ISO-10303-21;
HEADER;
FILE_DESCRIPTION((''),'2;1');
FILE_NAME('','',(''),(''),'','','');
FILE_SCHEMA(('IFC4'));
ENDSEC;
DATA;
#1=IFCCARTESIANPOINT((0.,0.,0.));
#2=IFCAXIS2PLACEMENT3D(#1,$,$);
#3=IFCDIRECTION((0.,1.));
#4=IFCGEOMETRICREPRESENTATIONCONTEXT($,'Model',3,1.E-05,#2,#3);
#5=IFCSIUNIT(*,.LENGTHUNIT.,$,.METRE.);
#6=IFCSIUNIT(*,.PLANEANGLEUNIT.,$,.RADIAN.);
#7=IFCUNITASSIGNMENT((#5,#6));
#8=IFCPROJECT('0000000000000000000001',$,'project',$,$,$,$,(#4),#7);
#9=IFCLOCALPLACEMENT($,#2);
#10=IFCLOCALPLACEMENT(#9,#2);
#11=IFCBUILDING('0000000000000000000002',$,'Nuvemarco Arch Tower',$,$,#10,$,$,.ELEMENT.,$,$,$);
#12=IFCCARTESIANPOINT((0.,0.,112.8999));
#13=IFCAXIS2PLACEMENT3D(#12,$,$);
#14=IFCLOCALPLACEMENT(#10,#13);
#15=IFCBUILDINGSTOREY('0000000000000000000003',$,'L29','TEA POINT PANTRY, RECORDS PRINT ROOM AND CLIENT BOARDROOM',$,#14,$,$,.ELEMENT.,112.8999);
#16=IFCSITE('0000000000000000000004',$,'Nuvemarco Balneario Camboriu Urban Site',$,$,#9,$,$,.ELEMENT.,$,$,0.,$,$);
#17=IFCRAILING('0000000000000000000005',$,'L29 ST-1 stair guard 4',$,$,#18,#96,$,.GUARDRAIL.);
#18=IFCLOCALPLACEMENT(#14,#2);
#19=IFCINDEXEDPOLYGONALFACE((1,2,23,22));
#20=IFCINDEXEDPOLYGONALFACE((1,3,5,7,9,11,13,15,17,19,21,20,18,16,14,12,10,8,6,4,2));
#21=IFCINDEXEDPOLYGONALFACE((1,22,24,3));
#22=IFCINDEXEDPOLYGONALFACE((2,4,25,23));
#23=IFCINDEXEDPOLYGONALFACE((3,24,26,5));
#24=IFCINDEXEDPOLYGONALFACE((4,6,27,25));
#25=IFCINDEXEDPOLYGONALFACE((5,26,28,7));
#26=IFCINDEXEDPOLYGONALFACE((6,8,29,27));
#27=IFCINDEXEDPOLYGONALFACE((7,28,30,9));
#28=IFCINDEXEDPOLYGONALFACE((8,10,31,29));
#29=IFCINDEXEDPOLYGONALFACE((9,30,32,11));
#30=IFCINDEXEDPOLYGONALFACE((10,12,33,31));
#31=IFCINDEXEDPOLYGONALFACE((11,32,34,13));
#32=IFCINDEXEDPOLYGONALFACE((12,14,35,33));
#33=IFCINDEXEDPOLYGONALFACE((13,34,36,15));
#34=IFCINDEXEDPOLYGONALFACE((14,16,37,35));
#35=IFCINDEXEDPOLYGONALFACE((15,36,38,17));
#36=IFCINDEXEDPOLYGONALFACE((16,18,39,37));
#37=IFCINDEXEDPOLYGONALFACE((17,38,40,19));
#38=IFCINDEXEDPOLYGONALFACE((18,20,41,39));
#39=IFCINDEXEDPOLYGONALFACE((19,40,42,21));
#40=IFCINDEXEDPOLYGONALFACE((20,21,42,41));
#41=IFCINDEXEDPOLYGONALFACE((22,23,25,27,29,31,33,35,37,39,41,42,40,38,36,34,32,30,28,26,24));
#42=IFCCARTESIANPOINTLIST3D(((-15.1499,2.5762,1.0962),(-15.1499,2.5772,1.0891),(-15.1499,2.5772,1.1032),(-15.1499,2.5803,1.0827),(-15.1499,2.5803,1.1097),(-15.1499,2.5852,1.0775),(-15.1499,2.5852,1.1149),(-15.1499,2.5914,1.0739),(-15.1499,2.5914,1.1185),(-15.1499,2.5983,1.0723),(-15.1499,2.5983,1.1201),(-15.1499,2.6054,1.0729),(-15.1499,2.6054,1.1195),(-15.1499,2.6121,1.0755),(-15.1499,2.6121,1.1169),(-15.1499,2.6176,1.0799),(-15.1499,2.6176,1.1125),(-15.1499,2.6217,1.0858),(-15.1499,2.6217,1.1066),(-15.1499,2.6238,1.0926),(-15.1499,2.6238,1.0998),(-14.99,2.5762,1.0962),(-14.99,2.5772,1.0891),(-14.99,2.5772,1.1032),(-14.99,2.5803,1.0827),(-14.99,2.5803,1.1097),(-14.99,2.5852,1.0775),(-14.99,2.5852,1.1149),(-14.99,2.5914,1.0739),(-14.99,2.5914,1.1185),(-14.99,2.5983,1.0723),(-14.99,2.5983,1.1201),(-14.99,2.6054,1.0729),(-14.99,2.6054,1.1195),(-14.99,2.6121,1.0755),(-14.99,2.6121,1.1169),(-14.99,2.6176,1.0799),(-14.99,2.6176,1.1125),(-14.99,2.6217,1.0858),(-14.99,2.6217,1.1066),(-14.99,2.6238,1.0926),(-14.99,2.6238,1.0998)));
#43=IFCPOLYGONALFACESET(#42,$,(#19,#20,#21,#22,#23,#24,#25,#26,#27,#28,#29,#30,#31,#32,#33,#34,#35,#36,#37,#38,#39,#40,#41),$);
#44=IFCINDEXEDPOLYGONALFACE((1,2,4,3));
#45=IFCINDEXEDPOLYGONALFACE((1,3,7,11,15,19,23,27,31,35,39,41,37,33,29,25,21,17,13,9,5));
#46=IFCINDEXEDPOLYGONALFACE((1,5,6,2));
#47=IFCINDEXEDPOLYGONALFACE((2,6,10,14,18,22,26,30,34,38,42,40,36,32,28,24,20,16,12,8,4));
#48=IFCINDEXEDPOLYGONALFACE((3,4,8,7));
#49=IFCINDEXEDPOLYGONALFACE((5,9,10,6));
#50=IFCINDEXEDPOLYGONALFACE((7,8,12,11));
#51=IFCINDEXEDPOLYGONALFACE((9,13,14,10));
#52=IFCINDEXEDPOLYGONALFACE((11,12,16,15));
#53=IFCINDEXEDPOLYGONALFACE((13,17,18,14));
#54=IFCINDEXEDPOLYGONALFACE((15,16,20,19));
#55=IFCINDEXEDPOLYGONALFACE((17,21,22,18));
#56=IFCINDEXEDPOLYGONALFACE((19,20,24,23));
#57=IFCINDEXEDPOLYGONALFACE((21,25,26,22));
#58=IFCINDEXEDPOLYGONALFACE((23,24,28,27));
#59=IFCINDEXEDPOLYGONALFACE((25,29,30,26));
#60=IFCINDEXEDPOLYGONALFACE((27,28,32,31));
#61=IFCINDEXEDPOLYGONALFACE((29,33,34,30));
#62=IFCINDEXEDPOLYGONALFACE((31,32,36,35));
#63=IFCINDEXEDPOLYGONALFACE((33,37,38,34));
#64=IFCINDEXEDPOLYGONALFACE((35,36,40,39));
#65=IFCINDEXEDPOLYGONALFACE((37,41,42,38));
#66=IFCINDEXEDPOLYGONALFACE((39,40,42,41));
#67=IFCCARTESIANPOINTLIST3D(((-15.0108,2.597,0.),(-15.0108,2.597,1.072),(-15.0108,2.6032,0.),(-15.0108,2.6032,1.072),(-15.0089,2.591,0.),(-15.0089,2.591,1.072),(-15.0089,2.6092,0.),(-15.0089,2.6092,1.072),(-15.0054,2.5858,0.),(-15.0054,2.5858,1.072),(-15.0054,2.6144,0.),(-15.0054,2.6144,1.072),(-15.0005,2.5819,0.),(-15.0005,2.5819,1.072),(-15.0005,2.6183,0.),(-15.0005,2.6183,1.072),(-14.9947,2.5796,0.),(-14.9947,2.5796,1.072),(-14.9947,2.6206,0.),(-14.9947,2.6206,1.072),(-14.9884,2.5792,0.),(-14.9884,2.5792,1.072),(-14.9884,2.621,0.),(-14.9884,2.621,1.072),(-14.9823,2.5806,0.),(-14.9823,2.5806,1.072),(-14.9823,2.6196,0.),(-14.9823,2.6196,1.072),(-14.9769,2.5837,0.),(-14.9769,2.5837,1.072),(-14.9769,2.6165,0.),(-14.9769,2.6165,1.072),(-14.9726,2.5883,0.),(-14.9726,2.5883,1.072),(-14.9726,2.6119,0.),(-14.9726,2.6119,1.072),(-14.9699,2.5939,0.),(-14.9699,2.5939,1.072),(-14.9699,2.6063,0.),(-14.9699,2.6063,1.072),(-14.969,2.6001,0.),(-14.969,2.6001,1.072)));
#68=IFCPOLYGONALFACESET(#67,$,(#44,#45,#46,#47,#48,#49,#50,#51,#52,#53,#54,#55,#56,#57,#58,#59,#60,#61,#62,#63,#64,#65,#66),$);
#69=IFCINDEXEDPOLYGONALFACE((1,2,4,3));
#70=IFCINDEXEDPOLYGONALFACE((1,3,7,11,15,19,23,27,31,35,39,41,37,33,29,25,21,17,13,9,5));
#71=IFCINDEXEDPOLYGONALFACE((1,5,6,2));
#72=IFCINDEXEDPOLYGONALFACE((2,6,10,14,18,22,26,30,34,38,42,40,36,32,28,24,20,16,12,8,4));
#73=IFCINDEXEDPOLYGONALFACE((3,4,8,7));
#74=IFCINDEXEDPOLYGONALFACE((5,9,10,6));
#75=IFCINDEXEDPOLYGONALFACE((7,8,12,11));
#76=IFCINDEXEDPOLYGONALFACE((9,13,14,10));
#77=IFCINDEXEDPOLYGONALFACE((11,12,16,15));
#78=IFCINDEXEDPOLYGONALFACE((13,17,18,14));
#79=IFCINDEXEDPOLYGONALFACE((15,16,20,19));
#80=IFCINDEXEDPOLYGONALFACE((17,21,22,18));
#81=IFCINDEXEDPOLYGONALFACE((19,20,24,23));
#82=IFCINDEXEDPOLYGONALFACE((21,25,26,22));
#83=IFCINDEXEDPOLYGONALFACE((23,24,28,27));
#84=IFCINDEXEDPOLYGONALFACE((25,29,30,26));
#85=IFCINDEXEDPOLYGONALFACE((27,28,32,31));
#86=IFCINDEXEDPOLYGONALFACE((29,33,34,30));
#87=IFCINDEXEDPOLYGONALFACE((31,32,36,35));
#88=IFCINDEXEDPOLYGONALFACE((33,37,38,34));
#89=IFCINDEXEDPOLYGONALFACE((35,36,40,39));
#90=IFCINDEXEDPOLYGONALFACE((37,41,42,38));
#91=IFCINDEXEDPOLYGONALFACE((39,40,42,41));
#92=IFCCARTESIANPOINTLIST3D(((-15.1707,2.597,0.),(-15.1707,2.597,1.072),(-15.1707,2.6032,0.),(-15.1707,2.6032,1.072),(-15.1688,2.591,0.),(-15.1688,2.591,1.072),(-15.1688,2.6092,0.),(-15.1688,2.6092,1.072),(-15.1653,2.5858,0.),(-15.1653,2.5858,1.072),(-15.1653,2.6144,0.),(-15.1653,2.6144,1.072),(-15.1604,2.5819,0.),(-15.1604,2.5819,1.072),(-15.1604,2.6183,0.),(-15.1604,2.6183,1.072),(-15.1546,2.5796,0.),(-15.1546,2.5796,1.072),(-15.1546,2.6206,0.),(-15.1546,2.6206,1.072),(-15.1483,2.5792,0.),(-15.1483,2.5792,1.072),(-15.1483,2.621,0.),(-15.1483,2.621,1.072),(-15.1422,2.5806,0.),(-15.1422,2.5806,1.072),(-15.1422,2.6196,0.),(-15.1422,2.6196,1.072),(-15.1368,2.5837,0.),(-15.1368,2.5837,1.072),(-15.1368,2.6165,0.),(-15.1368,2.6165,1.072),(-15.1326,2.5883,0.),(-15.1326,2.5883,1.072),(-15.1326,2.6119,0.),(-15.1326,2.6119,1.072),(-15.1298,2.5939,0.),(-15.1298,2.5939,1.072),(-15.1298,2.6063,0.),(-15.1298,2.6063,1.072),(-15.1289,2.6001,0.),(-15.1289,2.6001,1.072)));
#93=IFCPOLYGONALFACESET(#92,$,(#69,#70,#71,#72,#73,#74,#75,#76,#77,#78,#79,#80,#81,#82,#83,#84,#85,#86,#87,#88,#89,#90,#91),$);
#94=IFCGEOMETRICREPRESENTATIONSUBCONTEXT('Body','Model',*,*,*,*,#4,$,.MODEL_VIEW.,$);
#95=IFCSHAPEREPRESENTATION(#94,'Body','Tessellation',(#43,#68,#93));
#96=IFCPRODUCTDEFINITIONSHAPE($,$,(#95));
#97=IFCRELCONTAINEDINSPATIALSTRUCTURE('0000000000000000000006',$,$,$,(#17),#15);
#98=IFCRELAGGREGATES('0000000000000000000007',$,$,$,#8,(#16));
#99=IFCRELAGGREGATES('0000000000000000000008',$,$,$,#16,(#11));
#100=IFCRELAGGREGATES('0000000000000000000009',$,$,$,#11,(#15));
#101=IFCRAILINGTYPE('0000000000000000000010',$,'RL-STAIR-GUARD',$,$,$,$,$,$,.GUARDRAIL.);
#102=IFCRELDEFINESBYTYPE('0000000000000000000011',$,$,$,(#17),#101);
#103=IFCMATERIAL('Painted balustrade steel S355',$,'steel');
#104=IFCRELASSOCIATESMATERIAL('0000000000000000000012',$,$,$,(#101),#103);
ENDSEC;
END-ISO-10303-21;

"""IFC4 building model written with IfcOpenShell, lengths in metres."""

from ifc_helpers import new_model, si_unit, direction, frame, origin, origin_2d, place, context, subcontext, project, spatial, circle, extrude, material, type_object, element, save


model = new_model("IFC4")

# Units and contexts
model_context = context("Model", 3, precision=1e-05, world=origin(), true_north=direction((0.0, 1.0)))
body_context = subcontext(model_context, "Body", "Model", "MODEL_VIEW")
ifc_project = project(units=[si_unit("LENGTHUNIT", "METRE"), si_unit("PLANEANGLEUNIT", "RADIAN")], contexts=[model_context])

# Site, building, storey
site_placement = place(None, origin())
site = spatial("IfcSite", under=ifc_project, at=site_placement, Name="Nuvemarco Balneario Camboriu Urban Site", CompositionType="ELEMENT", RefElevation=0.0)
building_placement = place(site_placement, origin())
building = spatial("IfcBuilding", under=site, at=building_placement, Name="Nuvemarco Arch Tower", CompositionType="ELEMENT")
storey_placement = place(building_placement, frame((0.0, 0.0, 112.8999)))
storey = spatial("IfcBuildingStorey", under=building, at=storey_placement, Name="L29", Description="TEA POINT PANTRY, RECORDS PRINT ROOM AND CLIENT BOARDROOM", CompositionType="ELEMENT", Elevation=112.8999)

# Railing
ifc_material_1 = material(Name="Painted balustrade steel S355", Category="steel")
railing_type_1 = type_object("IfcRailingType", Name="RL-STAIR-GUARD", PredefinedType="GUARDRAIL", material=ifc_material_1)
railing_1_placement = place(storey_placement, frame((-14.99, 2.6001, 0.0)))
element("IfcRailing", 1, at=railing_1_placement, inside=storey, type_object=railing_type_1, Name="L29 ST-1 stair guard 4", PredefinedType="GUARDRAIL", context=body_context, shape_type="SweptSolid", body=[
    extrude(circle(Radius=0.0239, at=origin_2d()), frame((0.0, 0.0, 1.0962), z_axis=(-1.0, 0.0, 0.0), x_axis=(0.0, -1.0, 0.0)), (0.0, 0.0, 1.0), 0.1599),
    extrude(circle(Radius=0.021, at=origin_2d()), origin(), (0.0, 0.0, 1.0), 1.072),
    extrude(circle(Radius=0.021, at=origin_2d()), frame((-0.1599, 0.0, 0.0)), (0.0, 0.0, 1.0), 1.072),
])

save(model, "model.ifc")
